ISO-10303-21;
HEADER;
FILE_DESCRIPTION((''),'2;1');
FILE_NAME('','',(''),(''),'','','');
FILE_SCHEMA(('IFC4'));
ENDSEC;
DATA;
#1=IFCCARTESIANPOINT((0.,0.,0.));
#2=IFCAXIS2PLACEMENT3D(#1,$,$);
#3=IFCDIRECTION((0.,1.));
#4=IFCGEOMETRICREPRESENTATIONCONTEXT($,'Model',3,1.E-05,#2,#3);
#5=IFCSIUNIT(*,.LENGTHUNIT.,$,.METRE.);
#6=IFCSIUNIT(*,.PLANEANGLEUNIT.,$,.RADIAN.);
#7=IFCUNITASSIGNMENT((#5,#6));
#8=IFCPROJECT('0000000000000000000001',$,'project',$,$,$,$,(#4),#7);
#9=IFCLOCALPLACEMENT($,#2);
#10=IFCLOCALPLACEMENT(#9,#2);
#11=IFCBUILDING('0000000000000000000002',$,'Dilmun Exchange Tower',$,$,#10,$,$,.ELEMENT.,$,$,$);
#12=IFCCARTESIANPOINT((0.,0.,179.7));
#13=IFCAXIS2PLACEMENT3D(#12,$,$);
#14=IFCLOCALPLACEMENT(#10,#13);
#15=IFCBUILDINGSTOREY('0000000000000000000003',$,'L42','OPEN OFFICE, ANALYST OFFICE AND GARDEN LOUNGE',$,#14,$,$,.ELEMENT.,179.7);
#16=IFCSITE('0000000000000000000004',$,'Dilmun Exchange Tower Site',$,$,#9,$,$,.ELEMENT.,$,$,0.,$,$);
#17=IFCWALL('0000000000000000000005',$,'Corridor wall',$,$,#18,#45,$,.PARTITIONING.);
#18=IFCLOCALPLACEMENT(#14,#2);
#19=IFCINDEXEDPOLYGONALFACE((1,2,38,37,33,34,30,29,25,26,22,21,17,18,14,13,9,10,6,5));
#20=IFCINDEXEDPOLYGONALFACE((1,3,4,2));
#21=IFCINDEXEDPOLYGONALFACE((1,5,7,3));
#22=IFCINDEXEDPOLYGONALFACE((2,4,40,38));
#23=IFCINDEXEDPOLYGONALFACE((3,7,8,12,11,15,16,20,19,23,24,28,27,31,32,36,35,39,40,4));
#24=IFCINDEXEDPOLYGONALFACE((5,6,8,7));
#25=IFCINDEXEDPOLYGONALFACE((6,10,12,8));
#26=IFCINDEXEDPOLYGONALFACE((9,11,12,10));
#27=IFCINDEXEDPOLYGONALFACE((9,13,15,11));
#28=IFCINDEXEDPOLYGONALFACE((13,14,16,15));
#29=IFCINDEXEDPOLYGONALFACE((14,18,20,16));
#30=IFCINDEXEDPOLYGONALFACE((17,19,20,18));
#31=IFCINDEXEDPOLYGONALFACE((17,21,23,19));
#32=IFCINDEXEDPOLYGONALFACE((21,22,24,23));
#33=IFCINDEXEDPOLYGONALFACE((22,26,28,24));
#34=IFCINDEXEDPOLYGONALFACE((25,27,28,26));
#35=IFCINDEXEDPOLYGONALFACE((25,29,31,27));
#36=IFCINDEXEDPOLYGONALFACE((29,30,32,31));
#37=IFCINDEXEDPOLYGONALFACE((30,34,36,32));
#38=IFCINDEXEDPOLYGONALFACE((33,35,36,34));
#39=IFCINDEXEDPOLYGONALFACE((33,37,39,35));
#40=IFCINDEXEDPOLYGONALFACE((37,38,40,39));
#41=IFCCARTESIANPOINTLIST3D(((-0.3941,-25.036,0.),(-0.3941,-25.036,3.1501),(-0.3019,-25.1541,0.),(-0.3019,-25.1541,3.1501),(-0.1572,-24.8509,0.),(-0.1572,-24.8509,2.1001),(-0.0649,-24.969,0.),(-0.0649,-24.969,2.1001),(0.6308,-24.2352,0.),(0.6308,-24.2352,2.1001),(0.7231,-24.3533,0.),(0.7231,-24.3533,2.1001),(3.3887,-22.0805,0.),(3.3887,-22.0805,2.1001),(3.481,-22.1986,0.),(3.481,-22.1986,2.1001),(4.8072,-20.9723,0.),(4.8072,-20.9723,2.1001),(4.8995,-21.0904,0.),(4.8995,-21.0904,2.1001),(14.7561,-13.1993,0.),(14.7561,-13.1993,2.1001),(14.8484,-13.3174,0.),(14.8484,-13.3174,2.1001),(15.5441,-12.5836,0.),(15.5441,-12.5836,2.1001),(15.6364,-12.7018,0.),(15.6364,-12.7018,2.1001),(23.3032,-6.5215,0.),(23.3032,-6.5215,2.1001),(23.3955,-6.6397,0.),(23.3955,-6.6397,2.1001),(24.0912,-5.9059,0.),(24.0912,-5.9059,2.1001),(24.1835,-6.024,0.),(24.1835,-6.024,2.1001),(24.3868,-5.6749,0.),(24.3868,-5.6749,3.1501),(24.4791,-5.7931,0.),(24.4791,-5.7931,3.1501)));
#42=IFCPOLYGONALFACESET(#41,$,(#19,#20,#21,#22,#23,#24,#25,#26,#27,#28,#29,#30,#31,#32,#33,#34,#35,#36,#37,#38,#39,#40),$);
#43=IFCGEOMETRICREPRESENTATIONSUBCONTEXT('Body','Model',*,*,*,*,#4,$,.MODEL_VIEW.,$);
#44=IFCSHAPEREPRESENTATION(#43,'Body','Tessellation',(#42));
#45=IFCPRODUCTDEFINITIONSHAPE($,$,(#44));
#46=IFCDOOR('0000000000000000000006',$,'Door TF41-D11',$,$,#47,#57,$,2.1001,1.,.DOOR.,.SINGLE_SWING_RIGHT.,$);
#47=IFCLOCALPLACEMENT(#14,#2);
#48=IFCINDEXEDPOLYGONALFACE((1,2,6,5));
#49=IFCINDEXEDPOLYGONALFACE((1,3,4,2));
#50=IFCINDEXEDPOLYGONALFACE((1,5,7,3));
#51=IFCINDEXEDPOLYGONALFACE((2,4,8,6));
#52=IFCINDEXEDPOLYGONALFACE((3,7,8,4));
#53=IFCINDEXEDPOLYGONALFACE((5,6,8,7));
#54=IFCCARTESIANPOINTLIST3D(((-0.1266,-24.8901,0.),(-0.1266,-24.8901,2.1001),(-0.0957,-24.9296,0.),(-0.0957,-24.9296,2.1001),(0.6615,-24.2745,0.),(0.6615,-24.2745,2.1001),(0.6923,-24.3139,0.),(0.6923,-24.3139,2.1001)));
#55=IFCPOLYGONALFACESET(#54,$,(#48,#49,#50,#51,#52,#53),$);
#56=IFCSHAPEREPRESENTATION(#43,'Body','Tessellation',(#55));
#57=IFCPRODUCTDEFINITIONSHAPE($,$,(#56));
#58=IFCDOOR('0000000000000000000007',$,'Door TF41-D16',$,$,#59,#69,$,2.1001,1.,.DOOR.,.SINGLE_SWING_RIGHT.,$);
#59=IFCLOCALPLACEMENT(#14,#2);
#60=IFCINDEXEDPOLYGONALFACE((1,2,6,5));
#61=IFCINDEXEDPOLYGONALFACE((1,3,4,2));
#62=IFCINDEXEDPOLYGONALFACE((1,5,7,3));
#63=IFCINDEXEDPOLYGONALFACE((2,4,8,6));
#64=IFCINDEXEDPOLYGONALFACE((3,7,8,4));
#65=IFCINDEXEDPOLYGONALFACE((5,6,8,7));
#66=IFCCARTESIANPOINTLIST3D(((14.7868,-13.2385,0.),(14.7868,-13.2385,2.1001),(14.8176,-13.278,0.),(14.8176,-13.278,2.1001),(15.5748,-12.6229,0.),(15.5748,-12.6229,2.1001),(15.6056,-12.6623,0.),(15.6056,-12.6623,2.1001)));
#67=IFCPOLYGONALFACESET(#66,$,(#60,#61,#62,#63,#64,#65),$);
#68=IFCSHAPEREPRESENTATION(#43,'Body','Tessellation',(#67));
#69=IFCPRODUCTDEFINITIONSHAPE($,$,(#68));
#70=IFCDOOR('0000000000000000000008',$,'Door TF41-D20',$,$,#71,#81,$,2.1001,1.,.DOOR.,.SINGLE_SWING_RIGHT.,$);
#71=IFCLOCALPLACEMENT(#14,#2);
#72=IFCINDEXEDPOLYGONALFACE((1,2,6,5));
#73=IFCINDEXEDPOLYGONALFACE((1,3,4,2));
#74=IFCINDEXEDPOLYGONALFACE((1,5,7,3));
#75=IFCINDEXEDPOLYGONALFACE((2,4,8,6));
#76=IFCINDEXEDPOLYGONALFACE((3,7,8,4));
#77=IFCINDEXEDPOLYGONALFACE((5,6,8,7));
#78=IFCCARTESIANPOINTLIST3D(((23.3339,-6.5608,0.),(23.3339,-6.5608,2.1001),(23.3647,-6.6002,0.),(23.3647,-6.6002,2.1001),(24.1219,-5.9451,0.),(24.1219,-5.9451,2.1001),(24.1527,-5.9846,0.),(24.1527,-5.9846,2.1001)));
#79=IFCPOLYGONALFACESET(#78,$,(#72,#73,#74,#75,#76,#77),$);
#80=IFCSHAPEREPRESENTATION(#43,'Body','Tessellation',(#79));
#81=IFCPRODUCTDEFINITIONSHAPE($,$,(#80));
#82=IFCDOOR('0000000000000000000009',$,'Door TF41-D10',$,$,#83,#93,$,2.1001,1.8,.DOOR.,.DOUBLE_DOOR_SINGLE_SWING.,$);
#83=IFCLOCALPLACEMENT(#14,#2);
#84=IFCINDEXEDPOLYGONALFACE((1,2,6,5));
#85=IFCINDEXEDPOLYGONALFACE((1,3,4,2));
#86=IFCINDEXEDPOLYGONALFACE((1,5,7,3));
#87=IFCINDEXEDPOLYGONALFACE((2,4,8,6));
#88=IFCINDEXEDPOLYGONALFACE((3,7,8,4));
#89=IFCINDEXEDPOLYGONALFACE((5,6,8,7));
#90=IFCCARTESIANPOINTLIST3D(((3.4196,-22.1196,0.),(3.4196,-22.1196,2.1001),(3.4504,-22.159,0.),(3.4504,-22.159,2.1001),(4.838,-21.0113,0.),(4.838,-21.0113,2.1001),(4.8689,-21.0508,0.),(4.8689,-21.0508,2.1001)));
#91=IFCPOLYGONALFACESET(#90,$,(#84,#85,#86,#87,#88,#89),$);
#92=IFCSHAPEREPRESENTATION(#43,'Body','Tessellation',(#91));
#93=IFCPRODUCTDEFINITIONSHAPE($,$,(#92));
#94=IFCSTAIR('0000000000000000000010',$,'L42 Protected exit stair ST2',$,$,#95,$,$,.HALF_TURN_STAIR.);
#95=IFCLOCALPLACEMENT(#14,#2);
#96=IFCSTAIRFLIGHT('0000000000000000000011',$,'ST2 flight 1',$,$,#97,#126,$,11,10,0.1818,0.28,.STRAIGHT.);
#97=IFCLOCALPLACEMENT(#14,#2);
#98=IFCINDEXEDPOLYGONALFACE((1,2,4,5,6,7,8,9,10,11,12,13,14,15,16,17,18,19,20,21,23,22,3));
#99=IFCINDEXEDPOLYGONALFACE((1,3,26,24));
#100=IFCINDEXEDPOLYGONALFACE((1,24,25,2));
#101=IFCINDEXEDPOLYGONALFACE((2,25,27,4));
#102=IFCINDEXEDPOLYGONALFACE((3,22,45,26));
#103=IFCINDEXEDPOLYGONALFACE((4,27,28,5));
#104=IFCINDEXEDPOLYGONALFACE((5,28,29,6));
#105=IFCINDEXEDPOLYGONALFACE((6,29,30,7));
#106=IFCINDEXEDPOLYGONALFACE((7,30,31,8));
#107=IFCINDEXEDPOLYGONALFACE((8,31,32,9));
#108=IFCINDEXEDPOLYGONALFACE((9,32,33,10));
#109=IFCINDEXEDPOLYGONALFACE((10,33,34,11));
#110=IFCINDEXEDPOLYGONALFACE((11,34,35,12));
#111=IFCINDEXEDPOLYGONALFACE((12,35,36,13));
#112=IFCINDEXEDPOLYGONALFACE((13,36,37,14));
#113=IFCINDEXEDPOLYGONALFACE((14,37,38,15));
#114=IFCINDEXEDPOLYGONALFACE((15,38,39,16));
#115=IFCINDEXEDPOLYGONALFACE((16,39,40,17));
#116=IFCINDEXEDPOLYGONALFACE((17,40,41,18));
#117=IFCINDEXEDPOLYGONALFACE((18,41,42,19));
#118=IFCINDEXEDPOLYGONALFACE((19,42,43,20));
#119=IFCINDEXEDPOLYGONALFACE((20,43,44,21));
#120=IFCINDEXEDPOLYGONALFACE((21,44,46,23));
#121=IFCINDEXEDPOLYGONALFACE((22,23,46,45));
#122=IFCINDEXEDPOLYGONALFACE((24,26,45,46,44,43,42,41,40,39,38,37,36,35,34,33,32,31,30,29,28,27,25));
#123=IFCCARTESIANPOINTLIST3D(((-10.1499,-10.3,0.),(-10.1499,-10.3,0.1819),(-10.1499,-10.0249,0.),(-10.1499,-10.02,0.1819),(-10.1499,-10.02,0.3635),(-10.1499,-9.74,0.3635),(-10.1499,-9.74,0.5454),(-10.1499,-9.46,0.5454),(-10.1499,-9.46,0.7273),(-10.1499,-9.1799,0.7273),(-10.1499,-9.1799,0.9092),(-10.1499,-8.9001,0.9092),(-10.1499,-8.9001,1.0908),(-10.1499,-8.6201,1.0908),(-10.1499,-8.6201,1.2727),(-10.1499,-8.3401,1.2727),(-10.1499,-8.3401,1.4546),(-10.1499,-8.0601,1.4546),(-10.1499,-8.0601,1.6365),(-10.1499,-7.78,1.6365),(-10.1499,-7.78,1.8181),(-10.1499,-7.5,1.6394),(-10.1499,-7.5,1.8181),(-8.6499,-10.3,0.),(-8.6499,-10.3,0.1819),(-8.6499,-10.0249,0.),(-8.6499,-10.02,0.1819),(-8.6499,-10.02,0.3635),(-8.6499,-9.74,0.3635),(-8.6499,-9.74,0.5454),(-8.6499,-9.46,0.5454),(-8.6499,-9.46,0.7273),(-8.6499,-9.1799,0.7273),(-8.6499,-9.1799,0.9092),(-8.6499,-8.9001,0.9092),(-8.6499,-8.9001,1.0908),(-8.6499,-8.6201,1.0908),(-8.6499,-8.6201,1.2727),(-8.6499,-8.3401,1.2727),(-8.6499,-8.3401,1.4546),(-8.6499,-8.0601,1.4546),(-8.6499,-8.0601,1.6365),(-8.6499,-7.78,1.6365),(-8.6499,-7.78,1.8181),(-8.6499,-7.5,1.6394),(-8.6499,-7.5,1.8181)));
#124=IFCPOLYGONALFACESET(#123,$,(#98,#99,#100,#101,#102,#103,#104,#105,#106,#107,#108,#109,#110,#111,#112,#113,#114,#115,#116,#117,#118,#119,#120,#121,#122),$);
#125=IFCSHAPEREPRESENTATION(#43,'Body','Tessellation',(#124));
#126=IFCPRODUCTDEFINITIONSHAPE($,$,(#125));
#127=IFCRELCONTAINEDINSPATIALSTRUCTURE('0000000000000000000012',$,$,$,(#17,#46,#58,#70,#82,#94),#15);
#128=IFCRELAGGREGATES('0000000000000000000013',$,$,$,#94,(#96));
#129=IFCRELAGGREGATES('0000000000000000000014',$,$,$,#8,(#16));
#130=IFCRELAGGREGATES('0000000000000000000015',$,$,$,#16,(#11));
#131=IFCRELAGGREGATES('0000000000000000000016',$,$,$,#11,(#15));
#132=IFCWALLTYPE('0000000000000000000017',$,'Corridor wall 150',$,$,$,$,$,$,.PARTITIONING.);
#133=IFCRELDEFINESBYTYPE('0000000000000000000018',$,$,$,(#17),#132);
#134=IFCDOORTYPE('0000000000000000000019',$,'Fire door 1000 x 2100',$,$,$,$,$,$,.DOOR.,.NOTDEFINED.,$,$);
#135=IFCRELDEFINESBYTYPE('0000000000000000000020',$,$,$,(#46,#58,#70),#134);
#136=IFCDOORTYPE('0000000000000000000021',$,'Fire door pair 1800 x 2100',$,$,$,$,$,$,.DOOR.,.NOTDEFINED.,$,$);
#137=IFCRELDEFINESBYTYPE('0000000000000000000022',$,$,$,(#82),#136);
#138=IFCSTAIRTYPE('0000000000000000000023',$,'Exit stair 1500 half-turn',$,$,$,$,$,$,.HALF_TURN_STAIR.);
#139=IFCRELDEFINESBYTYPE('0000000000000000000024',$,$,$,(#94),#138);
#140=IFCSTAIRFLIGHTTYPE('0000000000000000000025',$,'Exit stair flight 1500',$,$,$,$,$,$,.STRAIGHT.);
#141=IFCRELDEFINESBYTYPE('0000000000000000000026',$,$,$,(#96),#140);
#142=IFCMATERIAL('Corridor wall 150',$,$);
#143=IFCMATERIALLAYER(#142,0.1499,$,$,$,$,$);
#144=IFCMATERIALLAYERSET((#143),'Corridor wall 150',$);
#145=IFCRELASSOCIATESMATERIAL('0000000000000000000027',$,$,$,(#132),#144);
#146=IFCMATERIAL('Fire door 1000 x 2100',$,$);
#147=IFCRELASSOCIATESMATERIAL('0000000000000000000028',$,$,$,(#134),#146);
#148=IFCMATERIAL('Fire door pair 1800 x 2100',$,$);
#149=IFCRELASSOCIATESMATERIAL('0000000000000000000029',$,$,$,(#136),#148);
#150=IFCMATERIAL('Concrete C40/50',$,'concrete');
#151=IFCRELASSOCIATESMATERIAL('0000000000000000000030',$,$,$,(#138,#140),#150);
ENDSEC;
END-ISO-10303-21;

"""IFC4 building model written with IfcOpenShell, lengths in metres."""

from ifc_helpers import new_model, si_unit, direction, frame, frame_2d, origin, place, context, subcontext, project, spatial, polyline, rectangle, outline, extrude, material, layer, layer_set, type_object, element, fill, aggregate, save


model = new_model("IFC4")

# Units and contexts
model_context = context("Model", 3, precision=1e-05, world=origin(), true_north=direction((0.0, 1.0)))
body_context = subcontext(model_context, "Body", "Model", "MODEL_VIEW")
ifc_project = project(units=[si_unit("LENGTHUNIT", "METRE"), si_unit("PLANEANGLEUNIT", "RADIAN")], contexts=[model_context])

# Site, building, storey
site_placement = place(None, origin())
site = spatial("IfcSite", under=ifc_project, at=site_placement, Name="Dilmun Exchange Tower Site", CompositionType="ELEMENT", RefElevation=0.0)
building_placement = place(site_placement, origin())
building = spatial("IfcBuilding", under=site, at=building_placement, Name="Dilmun Exchange Tower", CompositionType="ELEMENT")
storey_placement = place(building_placement, frame((0.0, 0.0, 179.7)))
storey = spatial("IfcBuildingStorey", under=building, at=storey_placement, Name="L42", Description="OPEN OFFICE, ANALYST OFFICE AND GARDEN LOUNGE", CompositionType="ELEMENT", Elevation=179.7)

# Shared definitions
ifc_material_1 = material(Name="Concrete C40/50", Category="concrete")

# Shared definitions
ifc_material_2 = material(Name="Corridor wall 150")
ifc_layer_1 = layer(ifc_material_2, 0.1499)
ifc_layer_set_1 = layer_set([ifc_layer_1], Name="Corridor wall 150")
wall_type_1 = type_object("IfcWallType", Name="Corridor wall 150", PredefinedType="PARTITIONING", material=ifc_layer_set_1)
ifc_material_3 = material(Name="Fire door 1000 x 2100")
door_type_1 = type_object("IfcDoorType", Name="Fire door 1000 x 2100", OperationType="NOTDEFINED", PredefinedType="DOOR", material=ifc_material_3)

# Wall, openings, doors
wall_1_placement = place(storey_placement, frame((-0.3479, -25.095, 0.0), z_axis=(0.0, 0.0, 1.0), x_axis=(0.78801, 0.615662, 0.0)))
wall_1 = element("IfcWall", 1, at=wall_1_placement, inside=storey, type_object=wall_type_1, Name="Corridor wall", PredefinedType="PARTITIONING", context=body_context, shape_type="SweptSolid", body=[
    extrude(rectangle(XDim=31.4475, YDim=0.1499, at=frame_2d((15.7236, 0.0))), origin(), (0.0, 0.0, 1.0), 3.1501),
])
opening_1_placement = place(wall_1_placement, frame((4.8005, 0.0, 0.0)))
opening_1 = element("IfcOpeningElement", 2, at=opening_1_placement, cuts=wall_1, PredefinedType="OPENING", context=body_context, shape_type="SweptSolid", body=[
    extrude(rectangle(XDim=1.8, YDim=2.1001, at=frame_2d((0.8999, 1.05))), frame((0.0, 0.085, 0.0), z_axis=(0.0, -1.0, 0.0), x_axis=(1.0, 0.0, 0.0)), (0.0, 0.0, 1.0), 0.1699),
])
opening_2_placement = place(wall_1_placement, frame((0.3005, 0.0, 0.0)))
opening_2 = element("IfcOpeningElement", 3, at=opening_2_placement, cuts=wall_1, PredefinedType="OPENING", context=body_context, shape_type="SweptSolid", body=[
    extrude(rectangle(XDim=1.0, YDim=2.1001, at=frame_2d((0.5, 1.05))), frame((0.0, 0.085, 0.0), z_axis=(0.0, -1.0, 0.0), x_axis=(1.0, 0.0, 0.0)), (0.0, 0.0, 1.0), 0.1699),
])
opening_3_placement = place(wall_1_placement, frame((19.2258, 0.0, 0.0)))
opening_3 = element("IfcOpeningElement", 4, at=opening_3_placement, cuts=wall_1, PredefinedType="OPENING", context=body_context, shape_type="SweptSolid", body=[
    extrude(rectangle(XDim=1.0, YDim=2.1001, at=frame_2d((0.5, 1.05))), frame((0.0, 0.085, 0.0), z_axis=(0.0, -1.0, 0.0), x_axis=(1.0, 0.0, 0.0)), (0.0, 0.0, 1.0), 0.1699),
])
opening_4_placement = place(wall_1_placement, frame((30.0723, 0.0, 0.0)))
opening_4 = element("IfcOpeningElement", 5, at=opening_4_placement, cuts=wall_1, PredefinedType="OPENING", context=body_context, shape_type="SweptSolid", body=[
    extrude(rectangle(XDim=1.0, YDim=2.1001, at=frame_2d((0.5, 1.05))), frame((0.0, 0.085, 0.0), z_axis=(0.0, -1.0, 0.0), x_axis=(1.0, 0.0, 0.0)), (0.0, 0.0, 1.0), 0.1699),
])
door_1_placement = place(opening_2_placement, frame((1.0, 0.0, 0.0), z_axis=(0.0, 0.0, 1.0), x_axis=(-1.0, 0.0, 0.0)))
door_1 = element("IfcDoor", 6, at=door_1_placement, inside=storey, type_object=door_type_1, Name="Door TF41-D11", OperationType="SINGLE_SWING_RIGHT", OverallHeight=2.1001, OverallWidth=1.0, PredefinedType="DOOR", context=body_context, shape_type="SweptSolid", body=[
    extrude(rectangle(XDim=1.0, YDim=2.1001, at=frame_2d((0.5, 1.05))), frame((0.0, 0.0249, 0.0), z_axis=(0.0, -1.0, 0.0), x_axis=(1.0, 0.0, 0.0)), (0.0, 0.0, 1.0), 0.05),
])
fill(opening_2, door_1)
door_2_placement = place(opening_3_placement, frame((1.0, 0.0, 0.0), z_axis=(0.0, 0.0, 1.0), x_axis=(-1.0, 0.0, 0.0)))
door_2 = element("IfcDoor", 7, at=door_2_placement, inside=storey, type_object=door_type_1, Name="Door TF41-D16", OperationType="SINGLE_SWING_RIGHT", OverallHeight=2.1001, OverallWidth=1.0, PredefinedType="DOOR", context=body_context, shape_type="SweptSolid", body=[
    extrude(rectangle(XDim=1.0, YDim=2.1001, at=frame_2d((0.5, 1.05))), frame((0.0, 0.0249, 0.0), z_axis=(0.0, -1.0, 0.0), x_axis=(1.0, 0.0, 0.0)), (0.0, 0.0, 1.0), 0.05),
])
fill(opening_3, door_2)
door_3_placement = place(opening_4_placement, frame((1.0, 0.0, 0.0), z_axis=(0.0, 0.0, 1.0), x_axis=(-1.0, 0.0, 0.0)))
door_3 = element("IfcDoor", 8, at=door_3_placement, inside=storey, type_object=door_type_1, Name="Door TF41-D20", OperationType="SINGLE_SWING_RIGHT", OverallHeight=2.1001, OverallWidth=1.0, PredefinedType="DOOR", context=body_context, shape_type="SweptSolid", body=[
    extrude(rectangle(XDim=1.0, YDim=2.1001, at=frame_2d((0.5, 1.05))), frame((0.0, 0.0249, 0.0), z_axis=(0.0, -1.0, 0.0), x_axis=(1.0, 0.0, 0.0)), (0.0, 0.0, 1.0), 0.05),
])
fill(opening_4, door_3)
ifc_material_4 = material(Name="Fire door pair 1800 x 2100")
door_type_2 = type_object("IfcDoorType", Name="Fire door pair 1800 x 2100", OperationType="NOTDEFINED", PredefinedType="DOOR", material=ifc_material_4)
door_4_placement = place(opening_1_placement, frame((1.8, 0.0, 0.0), z_axis=(0.0, 0.0, 1.0), x_axis=(-1.0, 0.0, 0.0)))
door_4 = element("IfcDoor", 9, at=door_4_placement, inside=storey, type_object=door_type_2, Name="Door TF41-D10", OperationType="DOUBLE_DOOR_SINGLE_SWING", OverallHeight=2.1001, OverallWidth=1.8, PredefinedType="DOOR", context=body_context, shape_type="SweptSolid", body=[
    extrude(rectangle(XDim=1.8, YDim=2.1001, at=frame_2d((0.8999, 1.05))), frame((0.0, 0.0249, 0.0), z_axis=(0.0, -1.0, 0.0), x_axis=(1.0, 0.0, 0.0)), (0.0, 0.0, 1.0), 0.05),
])
fill(opening_1, door_4)

# Stair, stair flight
stair_type = type_object("IfcStairType", Name="Exit stair 1500 half-turn", PredefinedType="HALF_TURN_STAIR", material=ifc_material_1)
stair_placement = place(storey_placement, origin())
stair = element("IfcStair", 10, at=stair_placement, inside=storey, type_object=stair_type, Name="L42 Protected exit stair ST2", PredefinedType="HALF_TURN_STAIR")
stair_flight_type = type_object("IfcStairFlightType", Name="Exit stair flight 1500", PredefinedType="STRAIGHT", material=ifc_material_1)
stair_flight_placement = place(storey_placement, frame((-9.3999, -10.3, 0.0), z_axis=(0.0, 0.0, 1.0), x_axis=(0.0, 1.0, 0.0)))
stair_flight = element("IfcStairFlight", 11, at=stair_flight_placement, type_object=stair_flight_type, Name="ST2 flight 1", NumberOfRisers=11, NumberOfTreads=10, PredefinedType="STRAIGHT", RiserHeight=0.1818, TreadLength=0.28, context=body_context, shape_type="SweptSolid", body=[
    extrude(outline(polyline([(0.0, 0.0), (0.0, 0.1819), (0.28, 0.1819), (0.28, 0.3635), (0.5601, 0.3635), (0.5601, 0.5454), (0.8401, 0.5454), (0.8401, 0.7273), (1.1201, 0.7273), (1.1201, 0.9092), (1.3999, 0.9092), (1.3999, 1.0908), (1.6799, 1.0908), (1.6799, 1.2727), (1.96, 1.2727), (1.96, 1.4546), (2.24, 1.4546), (2.24, 1.6365), (2.52, 1.6365), (2.52, 1.8181), (2.8, 1.8181), (2.8, 2.0), (2.8, 1.6394), (0.2751, 0.0), (0.0, 0.0)])), frame((0.0, 0.75, 0.0), z_axis=(0.0, -1.0, 0.0), x_axis=(1.0, 0.0, 0.0)), (0.0, 0.0, 1.0), 1.5),
])
aggregate(stair, [stair_flight])

save(model, "model.ifc")
